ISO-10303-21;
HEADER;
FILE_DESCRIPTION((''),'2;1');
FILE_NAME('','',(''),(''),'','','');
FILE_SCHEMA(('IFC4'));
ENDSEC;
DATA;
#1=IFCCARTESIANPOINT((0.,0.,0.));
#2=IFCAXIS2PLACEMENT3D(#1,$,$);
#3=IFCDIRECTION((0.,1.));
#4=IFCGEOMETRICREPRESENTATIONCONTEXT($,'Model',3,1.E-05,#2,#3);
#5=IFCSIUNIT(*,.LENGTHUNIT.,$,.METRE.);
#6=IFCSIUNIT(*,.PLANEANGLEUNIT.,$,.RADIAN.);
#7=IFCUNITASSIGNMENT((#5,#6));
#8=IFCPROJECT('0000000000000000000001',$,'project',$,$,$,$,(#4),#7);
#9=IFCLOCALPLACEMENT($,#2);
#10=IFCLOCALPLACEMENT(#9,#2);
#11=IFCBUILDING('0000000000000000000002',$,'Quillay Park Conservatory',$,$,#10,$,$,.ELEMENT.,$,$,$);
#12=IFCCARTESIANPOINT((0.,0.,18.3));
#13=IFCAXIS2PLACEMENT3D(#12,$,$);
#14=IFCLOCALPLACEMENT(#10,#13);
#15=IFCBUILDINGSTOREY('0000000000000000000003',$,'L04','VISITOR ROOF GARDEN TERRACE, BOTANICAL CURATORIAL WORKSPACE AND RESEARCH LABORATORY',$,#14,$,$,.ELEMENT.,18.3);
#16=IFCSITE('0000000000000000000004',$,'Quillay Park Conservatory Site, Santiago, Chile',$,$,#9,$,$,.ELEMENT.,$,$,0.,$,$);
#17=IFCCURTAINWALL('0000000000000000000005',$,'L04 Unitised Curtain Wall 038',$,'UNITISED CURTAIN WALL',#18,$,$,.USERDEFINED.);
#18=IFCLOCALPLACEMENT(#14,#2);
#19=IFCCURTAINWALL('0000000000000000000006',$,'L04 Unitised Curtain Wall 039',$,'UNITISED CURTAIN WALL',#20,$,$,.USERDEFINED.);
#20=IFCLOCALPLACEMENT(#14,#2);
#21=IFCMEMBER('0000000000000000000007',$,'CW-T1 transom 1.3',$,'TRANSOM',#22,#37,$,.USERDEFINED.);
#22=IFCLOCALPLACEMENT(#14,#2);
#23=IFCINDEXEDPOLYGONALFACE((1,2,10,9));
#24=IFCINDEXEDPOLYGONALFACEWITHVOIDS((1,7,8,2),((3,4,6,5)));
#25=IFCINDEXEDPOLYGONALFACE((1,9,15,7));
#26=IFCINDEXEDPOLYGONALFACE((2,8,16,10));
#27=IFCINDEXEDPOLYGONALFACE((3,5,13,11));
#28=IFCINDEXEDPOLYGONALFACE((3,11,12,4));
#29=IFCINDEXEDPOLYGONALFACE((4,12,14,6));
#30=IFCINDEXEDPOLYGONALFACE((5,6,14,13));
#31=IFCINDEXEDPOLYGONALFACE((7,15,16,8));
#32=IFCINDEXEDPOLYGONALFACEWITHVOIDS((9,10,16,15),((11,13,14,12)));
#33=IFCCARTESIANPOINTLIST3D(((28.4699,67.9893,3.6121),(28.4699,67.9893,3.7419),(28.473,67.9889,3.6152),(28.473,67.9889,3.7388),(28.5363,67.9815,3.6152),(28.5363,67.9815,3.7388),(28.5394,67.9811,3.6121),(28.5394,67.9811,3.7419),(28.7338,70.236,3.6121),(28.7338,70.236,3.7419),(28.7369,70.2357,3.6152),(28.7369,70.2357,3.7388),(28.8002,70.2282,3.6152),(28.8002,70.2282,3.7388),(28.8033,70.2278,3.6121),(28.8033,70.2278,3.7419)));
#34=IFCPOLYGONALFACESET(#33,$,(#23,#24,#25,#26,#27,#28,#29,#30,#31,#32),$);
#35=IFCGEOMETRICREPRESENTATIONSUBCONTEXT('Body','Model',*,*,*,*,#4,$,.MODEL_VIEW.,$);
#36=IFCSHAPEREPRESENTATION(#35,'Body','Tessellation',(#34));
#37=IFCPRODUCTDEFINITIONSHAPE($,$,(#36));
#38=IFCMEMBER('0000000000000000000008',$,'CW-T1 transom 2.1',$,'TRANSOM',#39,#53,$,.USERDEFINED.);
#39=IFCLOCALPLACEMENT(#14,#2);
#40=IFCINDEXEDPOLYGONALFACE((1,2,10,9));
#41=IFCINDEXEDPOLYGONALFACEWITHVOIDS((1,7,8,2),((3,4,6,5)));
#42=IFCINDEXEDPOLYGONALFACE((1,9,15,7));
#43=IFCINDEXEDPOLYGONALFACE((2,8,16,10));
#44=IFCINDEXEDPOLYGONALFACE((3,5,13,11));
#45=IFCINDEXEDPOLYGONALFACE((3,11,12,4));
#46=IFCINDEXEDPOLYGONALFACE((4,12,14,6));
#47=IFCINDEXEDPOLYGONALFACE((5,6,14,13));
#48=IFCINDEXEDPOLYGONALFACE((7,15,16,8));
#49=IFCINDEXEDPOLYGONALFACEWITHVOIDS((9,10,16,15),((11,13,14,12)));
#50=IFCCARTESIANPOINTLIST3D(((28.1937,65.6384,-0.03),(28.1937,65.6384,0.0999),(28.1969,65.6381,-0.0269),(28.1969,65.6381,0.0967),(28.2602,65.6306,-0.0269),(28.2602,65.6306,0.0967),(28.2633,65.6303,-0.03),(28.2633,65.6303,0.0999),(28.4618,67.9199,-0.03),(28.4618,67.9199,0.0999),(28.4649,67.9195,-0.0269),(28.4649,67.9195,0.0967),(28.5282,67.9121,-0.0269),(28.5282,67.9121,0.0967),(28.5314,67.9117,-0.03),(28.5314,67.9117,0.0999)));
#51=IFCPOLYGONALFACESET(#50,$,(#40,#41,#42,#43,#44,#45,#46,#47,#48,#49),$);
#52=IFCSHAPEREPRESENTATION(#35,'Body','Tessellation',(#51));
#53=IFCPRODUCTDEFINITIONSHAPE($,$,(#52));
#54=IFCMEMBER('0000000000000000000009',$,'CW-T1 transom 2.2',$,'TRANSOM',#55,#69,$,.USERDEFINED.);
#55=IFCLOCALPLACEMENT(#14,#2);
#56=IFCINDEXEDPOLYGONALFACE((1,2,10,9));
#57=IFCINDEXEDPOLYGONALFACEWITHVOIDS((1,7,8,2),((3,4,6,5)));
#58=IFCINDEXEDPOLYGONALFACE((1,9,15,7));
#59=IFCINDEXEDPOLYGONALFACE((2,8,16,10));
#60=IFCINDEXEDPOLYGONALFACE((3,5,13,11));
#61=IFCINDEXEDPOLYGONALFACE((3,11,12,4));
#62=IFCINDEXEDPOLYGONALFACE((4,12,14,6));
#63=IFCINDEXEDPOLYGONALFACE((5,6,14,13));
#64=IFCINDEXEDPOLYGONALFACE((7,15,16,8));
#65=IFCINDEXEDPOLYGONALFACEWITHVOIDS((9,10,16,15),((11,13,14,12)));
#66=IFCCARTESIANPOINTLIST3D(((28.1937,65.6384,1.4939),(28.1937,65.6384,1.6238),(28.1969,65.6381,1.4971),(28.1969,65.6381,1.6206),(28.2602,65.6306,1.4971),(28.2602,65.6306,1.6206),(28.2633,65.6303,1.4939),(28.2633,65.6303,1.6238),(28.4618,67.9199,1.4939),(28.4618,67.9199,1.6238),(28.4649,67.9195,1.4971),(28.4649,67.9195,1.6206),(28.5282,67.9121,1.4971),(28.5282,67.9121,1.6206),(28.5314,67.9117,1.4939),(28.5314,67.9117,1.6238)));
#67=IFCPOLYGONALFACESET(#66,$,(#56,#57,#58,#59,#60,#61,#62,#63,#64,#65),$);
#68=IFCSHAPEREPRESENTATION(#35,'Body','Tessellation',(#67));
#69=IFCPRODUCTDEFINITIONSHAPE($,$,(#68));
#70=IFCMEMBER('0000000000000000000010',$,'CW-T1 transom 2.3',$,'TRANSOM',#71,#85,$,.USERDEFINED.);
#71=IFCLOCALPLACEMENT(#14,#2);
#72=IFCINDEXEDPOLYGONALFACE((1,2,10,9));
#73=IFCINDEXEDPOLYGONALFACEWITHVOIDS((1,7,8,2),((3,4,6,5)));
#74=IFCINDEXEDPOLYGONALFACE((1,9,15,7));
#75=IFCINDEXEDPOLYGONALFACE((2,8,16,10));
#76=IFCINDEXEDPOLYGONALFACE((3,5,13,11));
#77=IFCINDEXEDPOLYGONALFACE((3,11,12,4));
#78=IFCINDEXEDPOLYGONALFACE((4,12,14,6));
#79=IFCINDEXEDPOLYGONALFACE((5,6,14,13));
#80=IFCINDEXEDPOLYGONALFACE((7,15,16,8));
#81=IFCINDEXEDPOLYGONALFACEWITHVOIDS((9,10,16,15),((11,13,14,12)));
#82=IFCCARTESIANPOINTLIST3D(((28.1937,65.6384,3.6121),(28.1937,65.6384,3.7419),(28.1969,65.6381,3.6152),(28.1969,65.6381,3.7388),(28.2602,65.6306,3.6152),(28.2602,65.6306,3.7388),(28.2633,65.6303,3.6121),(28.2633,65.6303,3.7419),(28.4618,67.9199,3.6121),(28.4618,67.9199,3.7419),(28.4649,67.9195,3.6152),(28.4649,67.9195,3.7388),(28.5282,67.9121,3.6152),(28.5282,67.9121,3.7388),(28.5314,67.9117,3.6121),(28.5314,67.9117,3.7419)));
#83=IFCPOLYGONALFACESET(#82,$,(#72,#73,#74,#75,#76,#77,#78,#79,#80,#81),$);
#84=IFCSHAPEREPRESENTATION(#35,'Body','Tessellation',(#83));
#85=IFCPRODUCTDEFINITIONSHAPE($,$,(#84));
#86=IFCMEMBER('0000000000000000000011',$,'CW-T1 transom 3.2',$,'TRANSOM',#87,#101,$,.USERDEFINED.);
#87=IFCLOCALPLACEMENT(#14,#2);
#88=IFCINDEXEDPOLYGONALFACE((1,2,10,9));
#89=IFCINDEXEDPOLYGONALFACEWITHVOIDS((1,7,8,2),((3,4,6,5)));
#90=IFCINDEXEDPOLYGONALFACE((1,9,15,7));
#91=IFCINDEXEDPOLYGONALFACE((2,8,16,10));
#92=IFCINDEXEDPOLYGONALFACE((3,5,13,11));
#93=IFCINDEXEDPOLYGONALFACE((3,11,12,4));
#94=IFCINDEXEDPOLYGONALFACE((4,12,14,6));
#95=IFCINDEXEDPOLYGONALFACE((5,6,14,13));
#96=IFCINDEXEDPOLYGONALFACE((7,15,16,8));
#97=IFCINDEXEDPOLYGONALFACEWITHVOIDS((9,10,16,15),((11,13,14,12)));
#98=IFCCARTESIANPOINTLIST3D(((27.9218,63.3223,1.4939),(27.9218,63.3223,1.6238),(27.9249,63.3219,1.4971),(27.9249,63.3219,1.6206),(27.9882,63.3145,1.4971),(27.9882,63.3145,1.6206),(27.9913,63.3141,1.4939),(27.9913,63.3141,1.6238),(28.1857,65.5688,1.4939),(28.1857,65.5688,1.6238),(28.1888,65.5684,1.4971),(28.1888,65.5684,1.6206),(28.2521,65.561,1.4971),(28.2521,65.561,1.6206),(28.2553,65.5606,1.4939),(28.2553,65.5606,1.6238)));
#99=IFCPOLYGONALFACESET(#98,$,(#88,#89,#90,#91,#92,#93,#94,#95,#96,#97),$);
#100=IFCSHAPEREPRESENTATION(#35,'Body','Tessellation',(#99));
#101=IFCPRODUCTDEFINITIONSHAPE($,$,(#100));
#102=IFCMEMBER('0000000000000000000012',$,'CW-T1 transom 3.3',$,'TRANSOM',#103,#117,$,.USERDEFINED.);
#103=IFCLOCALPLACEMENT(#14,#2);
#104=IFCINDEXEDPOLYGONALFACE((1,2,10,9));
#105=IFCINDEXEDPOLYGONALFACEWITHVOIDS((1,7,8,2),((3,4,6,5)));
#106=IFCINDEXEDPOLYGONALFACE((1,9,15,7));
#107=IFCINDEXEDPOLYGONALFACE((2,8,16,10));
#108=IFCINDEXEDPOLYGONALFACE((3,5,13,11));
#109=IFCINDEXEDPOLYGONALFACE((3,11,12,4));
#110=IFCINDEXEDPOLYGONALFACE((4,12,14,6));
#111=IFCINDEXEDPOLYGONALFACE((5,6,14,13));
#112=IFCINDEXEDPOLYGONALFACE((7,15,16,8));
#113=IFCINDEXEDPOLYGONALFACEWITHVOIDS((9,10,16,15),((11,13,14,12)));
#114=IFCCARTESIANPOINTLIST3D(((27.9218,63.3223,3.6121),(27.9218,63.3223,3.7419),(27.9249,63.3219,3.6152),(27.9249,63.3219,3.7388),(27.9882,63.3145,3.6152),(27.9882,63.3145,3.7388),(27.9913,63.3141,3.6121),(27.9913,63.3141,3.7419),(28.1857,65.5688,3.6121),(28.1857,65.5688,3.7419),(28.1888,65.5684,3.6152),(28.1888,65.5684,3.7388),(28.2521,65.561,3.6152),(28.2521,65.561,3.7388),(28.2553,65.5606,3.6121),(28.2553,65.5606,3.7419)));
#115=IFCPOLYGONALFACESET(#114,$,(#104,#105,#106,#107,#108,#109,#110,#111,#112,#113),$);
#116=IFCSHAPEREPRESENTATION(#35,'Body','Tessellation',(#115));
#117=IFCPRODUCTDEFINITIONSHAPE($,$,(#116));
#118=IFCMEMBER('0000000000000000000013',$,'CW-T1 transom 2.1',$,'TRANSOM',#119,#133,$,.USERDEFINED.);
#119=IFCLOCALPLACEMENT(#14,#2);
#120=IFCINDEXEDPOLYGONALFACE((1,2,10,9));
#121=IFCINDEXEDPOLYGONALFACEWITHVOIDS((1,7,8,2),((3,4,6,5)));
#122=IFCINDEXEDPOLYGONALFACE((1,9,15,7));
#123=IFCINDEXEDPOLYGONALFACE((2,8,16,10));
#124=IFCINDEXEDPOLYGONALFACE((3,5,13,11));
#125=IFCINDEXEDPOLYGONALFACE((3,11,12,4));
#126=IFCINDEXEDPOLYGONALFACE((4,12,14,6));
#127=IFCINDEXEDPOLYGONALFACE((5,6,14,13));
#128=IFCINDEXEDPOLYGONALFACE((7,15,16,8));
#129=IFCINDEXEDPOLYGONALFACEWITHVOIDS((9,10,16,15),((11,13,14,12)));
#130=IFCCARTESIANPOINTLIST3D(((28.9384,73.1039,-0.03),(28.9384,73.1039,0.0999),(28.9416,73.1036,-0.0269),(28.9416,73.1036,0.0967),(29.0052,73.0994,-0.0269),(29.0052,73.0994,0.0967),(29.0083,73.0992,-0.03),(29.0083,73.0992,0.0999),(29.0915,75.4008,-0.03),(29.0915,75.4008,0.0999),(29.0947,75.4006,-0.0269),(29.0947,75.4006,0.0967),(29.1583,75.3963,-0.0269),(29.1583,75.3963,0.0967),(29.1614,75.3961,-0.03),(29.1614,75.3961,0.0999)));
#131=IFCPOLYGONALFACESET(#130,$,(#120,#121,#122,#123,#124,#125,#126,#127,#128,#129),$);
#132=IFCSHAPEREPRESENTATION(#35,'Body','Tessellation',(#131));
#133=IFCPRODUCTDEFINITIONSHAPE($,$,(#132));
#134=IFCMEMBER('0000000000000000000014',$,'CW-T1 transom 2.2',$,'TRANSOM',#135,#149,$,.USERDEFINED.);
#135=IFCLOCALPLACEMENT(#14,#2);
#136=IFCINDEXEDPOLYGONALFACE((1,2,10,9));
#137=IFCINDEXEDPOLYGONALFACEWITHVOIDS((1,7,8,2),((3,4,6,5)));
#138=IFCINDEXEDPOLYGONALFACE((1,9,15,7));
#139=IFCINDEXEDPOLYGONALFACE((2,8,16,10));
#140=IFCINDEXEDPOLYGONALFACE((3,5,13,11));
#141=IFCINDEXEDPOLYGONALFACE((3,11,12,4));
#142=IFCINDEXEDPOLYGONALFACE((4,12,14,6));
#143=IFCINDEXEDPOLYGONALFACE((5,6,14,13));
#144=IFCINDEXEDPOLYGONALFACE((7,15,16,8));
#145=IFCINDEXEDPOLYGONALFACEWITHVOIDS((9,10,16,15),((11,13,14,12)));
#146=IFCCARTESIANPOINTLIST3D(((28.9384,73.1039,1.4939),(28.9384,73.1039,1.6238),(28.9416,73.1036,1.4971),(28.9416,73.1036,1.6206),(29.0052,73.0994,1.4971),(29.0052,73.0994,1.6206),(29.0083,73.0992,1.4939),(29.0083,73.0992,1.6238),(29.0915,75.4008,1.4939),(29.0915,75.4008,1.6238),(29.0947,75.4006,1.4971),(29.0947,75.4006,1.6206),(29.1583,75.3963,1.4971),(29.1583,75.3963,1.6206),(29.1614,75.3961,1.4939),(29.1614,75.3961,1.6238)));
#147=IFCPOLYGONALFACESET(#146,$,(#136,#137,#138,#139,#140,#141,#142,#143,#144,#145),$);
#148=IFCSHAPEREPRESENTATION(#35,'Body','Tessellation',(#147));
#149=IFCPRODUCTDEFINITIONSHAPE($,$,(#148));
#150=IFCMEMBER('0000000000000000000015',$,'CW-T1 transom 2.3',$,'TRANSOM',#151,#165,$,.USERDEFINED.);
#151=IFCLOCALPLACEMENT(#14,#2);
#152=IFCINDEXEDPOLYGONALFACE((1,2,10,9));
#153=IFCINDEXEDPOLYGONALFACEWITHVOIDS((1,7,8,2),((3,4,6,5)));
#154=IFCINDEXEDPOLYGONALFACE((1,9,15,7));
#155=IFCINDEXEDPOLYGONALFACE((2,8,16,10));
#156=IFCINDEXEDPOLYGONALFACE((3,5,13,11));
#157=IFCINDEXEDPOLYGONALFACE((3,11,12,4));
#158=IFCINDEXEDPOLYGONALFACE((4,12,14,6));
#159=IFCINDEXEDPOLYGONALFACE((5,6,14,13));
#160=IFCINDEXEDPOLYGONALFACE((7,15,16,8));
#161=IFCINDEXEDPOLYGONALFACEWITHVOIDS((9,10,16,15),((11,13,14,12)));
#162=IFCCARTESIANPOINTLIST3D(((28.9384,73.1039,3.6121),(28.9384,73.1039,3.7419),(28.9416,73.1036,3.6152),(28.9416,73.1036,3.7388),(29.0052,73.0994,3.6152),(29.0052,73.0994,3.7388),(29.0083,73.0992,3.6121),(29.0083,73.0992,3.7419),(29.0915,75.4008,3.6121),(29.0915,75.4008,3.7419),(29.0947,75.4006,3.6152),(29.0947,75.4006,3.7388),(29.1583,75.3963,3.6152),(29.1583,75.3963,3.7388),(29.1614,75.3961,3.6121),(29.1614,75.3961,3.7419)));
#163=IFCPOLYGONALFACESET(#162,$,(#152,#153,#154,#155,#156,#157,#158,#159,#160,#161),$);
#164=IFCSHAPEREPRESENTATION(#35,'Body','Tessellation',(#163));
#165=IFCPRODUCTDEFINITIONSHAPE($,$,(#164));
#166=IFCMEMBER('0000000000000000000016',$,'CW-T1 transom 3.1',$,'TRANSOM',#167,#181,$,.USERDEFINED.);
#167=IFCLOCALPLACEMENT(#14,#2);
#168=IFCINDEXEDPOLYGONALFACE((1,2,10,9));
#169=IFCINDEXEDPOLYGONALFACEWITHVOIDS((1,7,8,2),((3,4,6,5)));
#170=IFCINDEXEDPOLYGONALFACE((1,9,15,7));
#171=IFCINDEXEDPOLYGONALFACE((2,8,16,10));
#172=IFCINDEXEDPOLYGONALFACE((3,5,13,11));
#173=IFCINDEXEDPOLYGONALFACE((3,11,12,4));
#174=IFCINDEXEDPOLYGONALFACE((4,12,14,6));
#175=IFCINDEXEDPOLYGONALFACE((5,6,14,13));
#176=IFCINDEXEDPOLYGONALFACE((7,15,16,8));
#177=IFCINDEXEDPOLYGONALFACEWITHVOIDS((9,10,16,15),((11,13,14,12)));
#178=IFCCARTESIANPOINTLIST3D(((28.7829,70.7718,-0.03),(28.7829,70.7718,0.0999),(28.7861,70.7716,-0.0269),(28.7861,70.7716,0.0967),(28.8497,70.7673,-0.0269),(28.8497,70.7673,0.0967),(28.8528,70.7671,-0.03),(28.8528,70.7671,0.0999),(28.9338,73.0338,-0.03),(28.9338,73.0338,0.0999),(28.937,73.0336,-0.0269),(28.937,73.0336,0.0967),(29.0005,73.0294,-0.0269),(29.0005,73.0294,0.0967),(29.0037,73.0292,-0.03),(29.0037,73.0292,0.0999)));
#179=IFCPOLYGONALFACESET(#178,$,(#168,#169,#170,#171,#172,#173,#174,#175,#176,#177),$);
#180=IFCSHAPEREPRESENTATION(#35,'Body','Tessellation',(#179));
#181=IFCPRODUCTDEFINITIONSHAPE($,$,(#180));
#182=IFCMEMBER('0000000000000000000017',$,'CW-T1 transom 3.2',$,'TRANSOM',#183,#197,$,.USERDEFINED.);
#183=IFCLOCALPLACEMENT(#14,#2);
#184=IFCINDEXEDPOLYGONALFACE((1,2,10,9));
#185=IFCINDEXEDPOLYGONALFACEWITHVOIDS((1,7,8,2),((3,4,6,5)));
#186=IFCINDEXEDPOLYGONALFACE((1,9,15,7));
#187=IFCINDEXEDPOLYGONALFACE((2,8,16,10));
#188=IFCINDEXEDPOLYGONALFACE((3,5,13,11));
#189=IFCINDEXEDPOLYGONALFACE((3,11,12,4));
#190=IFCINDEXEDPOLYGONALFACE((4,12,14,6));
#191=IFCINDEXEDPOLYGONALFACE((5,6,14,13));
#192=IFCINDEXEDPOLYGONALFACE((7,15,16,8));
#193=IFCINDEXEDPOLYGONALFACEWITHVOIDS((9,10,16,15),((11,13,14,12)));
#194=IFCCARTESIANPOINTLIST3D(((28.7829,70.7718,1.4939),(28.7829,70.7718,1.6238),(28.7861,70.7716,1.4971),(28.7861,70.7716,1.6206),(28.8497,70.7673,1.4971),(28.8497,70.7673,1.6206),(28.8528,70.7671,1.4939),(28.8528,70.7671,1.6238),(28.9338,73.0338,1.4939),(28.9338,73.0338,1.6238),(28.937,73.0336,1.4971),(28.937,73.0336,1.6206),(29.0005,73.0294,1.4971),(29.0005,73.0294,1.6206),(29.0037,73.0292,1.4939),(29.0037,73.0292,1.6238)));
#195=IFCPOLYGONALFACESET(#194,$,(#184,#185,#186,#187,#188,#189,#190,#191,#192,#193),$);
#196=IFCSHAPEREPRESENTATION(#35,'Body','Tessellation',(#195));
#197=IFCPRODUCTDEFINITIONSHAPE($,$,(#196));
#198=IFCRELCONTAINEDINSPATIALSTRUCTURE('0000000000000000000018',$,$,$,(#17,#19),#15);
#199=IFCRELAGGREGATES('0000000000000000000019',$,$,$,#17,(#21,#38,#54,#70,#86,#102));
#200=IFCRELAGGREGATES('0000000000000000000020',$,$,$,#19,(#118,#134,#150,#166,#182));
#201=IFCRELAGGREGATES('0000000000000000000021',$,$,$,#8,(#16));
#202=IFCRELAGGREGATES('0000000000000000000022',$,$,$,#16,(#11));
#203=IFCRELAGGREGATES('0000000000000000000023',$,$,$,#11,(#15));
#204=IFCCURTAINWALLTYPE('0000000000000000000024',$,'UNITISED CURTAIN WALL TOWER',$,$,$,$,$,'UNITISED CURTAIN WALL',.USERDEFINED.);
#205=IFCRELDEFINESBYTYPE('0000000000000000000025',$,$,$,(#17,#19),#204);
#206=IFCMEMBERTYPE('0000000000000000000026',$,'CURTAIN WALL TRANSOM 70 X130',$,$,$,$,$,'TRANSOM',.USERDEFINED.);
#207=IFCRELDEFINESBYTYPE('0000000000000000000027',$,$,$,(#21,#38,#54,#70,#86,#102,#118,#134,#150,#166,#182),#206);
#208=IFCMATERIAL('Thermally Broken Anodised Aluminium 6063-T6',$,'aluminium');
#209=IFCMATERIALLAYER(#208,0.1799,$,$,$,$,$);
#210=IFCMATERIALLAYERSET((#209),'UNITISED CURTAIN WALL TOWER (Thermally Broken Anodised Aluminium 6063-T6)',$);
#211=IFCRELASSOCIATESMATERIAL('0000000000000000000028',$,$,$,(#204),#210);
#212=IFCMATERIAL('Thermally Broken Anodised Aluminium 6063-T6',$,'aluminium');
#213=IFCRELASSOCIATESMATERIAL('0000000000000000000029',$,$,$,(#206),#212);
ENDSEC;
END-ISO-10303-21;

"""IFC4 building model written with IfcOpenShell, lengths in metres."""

from ifc_helpers import new_model, si_unit, direction, frame, origin, origin_2d, place, context, subcontext, project, spatial, hollow_rectangle, extrude, material, layer, layer_set, material_profile, profile_set, type_object, element, aggregate, save


model = new_model("IFC4")

# Units and contexts
model_context = context("Model", 3, precision=1e-05, world=origin(), true_north=direction((0.0, 1.0)))
body_context = subcontext(model_context, "Body", "Model", "MODEL_VIEW")
ifc_project = project(units=[si_unit("LENGTHUNIT", "METRE"), si_unit("PLANEANGLEUNIT", "RADIAN")], contexts=[model_context])

# Site, building, storey
site_placement = place(None, origin())
site = spatial("IfcSite", under=ifc_project, at=site_placement, Name="Quillay Park Conservatory Site, Santiago, Chile", CompositionType="ELEMENT", RefElevation=0.0)
building_placement = place(site_placement, origin())
building = spatial("IfcBuilding", under=site, at=building_placement, Name="Quillay Park Conservatory", CompositionType="ELEMENT")
storey_placement = place(building_placement, frame((0.0, 0.0, 18.3)))
storey = spatial("IfcBuildingStorey", under=building, at=storey_placement, Name="L04", Description="VISITOR ROOF GARDEN TERRACE, BOTANICAL CURATORIAL WORKSPACE AND RESEARCH LABORATORY", CompositionType="ELEMENT", Elevation=18.3)

# Curtain walls
ifc_material_1 = material(Name="Thermally Broken Anodised Aluminium 6063-T6", Category="aluminium")
ifc_layer_1 = layer(ifc_material_1, 0.1799)
ifc_layer_set_1 = layer_set([ifc_layer_1], Name="UNITISED CURTAIN WALL TOWER (Thermally Broken Anodised Aluminium 6063-T6)")
curtain_wall_type = type_object("IfcCurtainWallType", Name="UNITISED CURTAIN WALL TOWER", ElementType="UNITISED CURTAIN WALL", PredefinedType="USERDEFINED", material=ifc_layer_set_1)
curtain_wall_1_placement = place(storey_placement, origin())
curtain_wall_1 = element("IfcCurtainWall", 1, at=curtain_wall_1_placement, inside=storey, type_object=curtain_wall_type, Name="L04 Unitised Curtain Wall 038", ObjectType="UNITISED CURTAIN WALL", PredefinedType="USERDEFINED")
curtain_wall_2_placement = place(storey_placement, origin())
curtain_wall_2 = element("IfcCurtainWall", 2, at=curtain_wall_2_placement, inside=storey, type_object=curtain_wall_type, Name="L04 Unitised Curtain Wall 039", ObjectType="UNITISED CURTAIN WALL", PredefinedType="USERDEFINED")

# Members
ifc_material_2 = material(Name="Thermally Broken Anodised Aluminium 6063-T6", Category="aluminium")
ifc_material_profile_1 = material_profile(ifc_material_2, hollow_rectangle(XDim=0.0701, YDim=0.1299, WallThickness=0.0032, at=origin_2d()), Name="AL70x130x3.2")
ifc_profile_set_1 = profile_set([ifc_material_profile_1], Name="Thermally Broken Anodised Aluminium 6063-T6")
member_type_1 = type_object("IfcMemberType", Name="CURTAIN WALL TRANSOM 70 X130", ElementType="TRANSOM", PredefinedType="USERDEFINED", material=ifc_profile_set_1)
member_1_placement = place(storey_placement, frame((28.7686, 70.2319, 3.677), z_axis=(-0.11666, -0.993172, 0.0), x_axis=(0.993172, -0.11666, 0.0)))
member_1 = element("IfcMember", 3, at=member_1_placement, type_object=member_type_1, Name="CW-T1 transom 1.3", ObjectType="TRANSOM", PredefinedType="USERDEFINED", context=body_context, shape_type="SweptSolid", body=[
    extrude(hollow_rectangle(XDim=0.0701, YDim=0.1299, WallThickness=0.0032, at=origin_2d()), origin(), (0.0, 0.0, 1.0), 2.2622),
])
member_2_placement = place(storey_placement, frame((28.4966, 67.9158, 0.0349), z_axis=(-0.116693, -0.993168, 0.0), x_axis=(0.993168, -0.116693, 0.0)))
member_2 = element("IfcMember", 4, at=member_2_placement, type_object=member_type_1, Name="CW-T1 transom 2.1", ObjectType="TRANSOM", PredefinedType="USERDEFINED", context=body_context, shape_type="SweptSolid", body=[
    extrude(hollow_rectangle(XDim=0.0701, YDim=0.1299, WallThickness=0.0032, at=origin_2d()), origin(), (0.0, 0.0, 1.0), 2.2971),
])
member_3_placement = place(storey_placement, frame((28.4966, 67.9158, 1.5588), z_axis=(-0.116693, -0.993168, 0.0), x_axis=(0.993168, -0.116693, 0.0)))
member_3 = element("IfcMember", 5, at=member_3_placement, type_object=member_type_1, Name="CW-T1 transom 2.2", ObjectType="TRANSOM", PredefinedType="USERDEFINED", context=body_context, shape_type="SweptSolid", body=[
    extrude(hollow_rectangle(XDim=0.0701, YDim=0.1299, WallThickness=0.0032, at=origin_2d()), origin(), (0.0, 0.0, 1.0), 2.2971),
])
member_4_placement = place(storey_placement, frame((28.4966, 67.9158, 3.677), z_axis=(-0.116693, -0.993168, 0.0), x_axis=(0.993168, -0.116693, 0.0)))
member_4 = element("IfcMember", 6, at=member_4_placement, type_object=member_type_1, Name="CW-T1 transom 2.3", ObjectType="TRANSOM", PredefinedType="USERDEFINED", context=body_context, shape_type="SweptSolid", body=[
    extrude(hollow_rectangle(XDim=0.0701, YDim=0.1299, WallThickness=0.0032, at=origin_2d()), origin(), (0.0, 0.0, 1.0), 2.2971),
])
member_5_placement = place(storey_placement, frame((28.2205, 65.5647, 1.5588), z_axis=(-0.116672, -0.99317, 0.0), x_axis=(0.99317, -0.116672, 0.0)))
member_5 = element("IfcMember", 7, at=member_5_placement, type_object=member_type_1, Name="CW-T1 transom 3.2", ObjectType="TRANSOM", PredefinedType="USERDEFINED", context=body_context, shape_type="SweptSolid", body=[
    extrude(hollow_rectangle(XDim=0.0701, YDim=0.1299, WallThickness=0.0032, at=origin_2d()), origin(), (0.0, 0.0, 1.0), 2.262),
])
member_6_placement = place(storey_placement, frame((28.2205, 65.5647, 3.677), z_axis=(-0.116672, -0.99317, 0.0), x_axis=(0.99317, -0.116672, 0.0)))
member_6 = element("IfcMember", 8, at=member_6_placement, type_object=member_type_1, Name="CW-T1 transom 3.3", ObjectType="TRANSOM", PredefinedType="USERDEFINED", context=body_context, shape_type="SweptSolid", body=[
    extrude(hollow_rectangle(XDim=0.0701, YDim=0.1299, WallThickness=0.0032, at=origin_2d()), origin(), (0.0, 0.0, 1.0), 2.262),
])
member_7_placement = place(storey_placement, frame((29.1265, 75.3984, 0.0349), z_axis=(-0.066498, -0.997787, 0.0), x_axis=(0.997787, -0.066498, 0.0)))
member_7 = element("IfcMember", 9, at=member_7_placement, type_object=member_type_1, Name="CW-T1 transom 2.1", ObjectType="TRANSOM", PredefinedType="USERDEFINED", context=body_context, shape_type="SweptSolid", body=[
    extrude(hollow_rectangle(XDim=0.0701, YDim=0.1299, WallThickness=0.0032, at=origin_2d()), origin(), (0.0, 0.0, 1.0), 2.302),
])
member_8_placement = place(storey_placement, frame((29.1265, 75.3984, 1.5588), z_axis=(-0.066498, -0.997787, 0.0), x_axis=(0.997787, -0.066498, 0.0)))
member_8 = element("IfcMember", 10, at=member_8_placement, type_object=member_type_1, Name="CW-T1 transom 2.2", ObjectType="TRANSOM", PredefinedType="USERDEFINED", context=body_context, shape_type="SweptSolid", body=[
    extrude(hollow_rectangle(XDim=0.0701, YDim=0.1299, WallThickness=0.0032, at=origin_2d()), origin(), (0.0, 0.0, 1.0), 2.302),
])
member_9_placement = place(storey_placement, frame((29.1265, 75.3984, 3.677), z_axis=(-0.066498, -0.997787, 0.0), x_axis=(0.997787, -0.066498, 0.0)))
member_9 = element("IfcMember", 11, at=member_9_placement, type_object=member_type_1, Name="CW-T1 transom 2.3", ObjectType="TRANSOM", PredefinedType="USERDEFINED", context=body_context, shape_type="SweptSolid", body=[
    extrude(hollow_rectangle(XDim=0.0701, YDim=0.1299, WallThickness=0.0032, at=origin_2d()), origin(), (0.0, 0.0, 1.0), 2.302),
])
member_10_placement = place(storey_placement, frame((28.9688, 73.0315, 0.0349), z_axis=(-0.066555, -0.997783, 0.0), x_axis=(0.997783, -0.066555, 0.0)))
member_10 = element("IfcMember", 12, at=member_10_placement, type_object=member_type_1, Name="CW-T1 transom 3.1", ObjectType="TRANSOM", PredefinedType="USERDEFINED", context=body_context, shape_type="SweptSolid", body=[
    extrude(hollow_rectangle(XDim=0.0701, YDim=0.1299, WallThickness=0.0032, at=origin_2d()), origin(), (0.0, 0.0, 1.0), 2.2671),
])
member_11_placement = place(storey_placement, frame((28.9688, 73.0315, 1.5588), z_axis=(-0.066555, -0.997783, 0.0), x_axis=(0.997783, -0.066555, 0.0)))
member_11 = element("IfcMember", 13, at=member_11_placement, type_object=member_type_1, Name="CW-T1 transom 3.2", ObjectType="TRANSOM", PredefinedType="USERDEFINED", context=body_context, shape_type="SweptSolid", body=[
    extrude(hollow_rectangle(XDim=0.0701, YDim=0.1299, WallThickness=0.0032, at=origin_2d()), origin(), (0.0, 0.0, 1.0), 2.2671),
])

aggregate(curtain_wall_1, [member_1, member_2, member_3, member_4, member_5, member_6])
aggregate(curtain_wall_2, [member_7, member_8, member_9, member_10, member_11])

save(model, "model.ifc")
